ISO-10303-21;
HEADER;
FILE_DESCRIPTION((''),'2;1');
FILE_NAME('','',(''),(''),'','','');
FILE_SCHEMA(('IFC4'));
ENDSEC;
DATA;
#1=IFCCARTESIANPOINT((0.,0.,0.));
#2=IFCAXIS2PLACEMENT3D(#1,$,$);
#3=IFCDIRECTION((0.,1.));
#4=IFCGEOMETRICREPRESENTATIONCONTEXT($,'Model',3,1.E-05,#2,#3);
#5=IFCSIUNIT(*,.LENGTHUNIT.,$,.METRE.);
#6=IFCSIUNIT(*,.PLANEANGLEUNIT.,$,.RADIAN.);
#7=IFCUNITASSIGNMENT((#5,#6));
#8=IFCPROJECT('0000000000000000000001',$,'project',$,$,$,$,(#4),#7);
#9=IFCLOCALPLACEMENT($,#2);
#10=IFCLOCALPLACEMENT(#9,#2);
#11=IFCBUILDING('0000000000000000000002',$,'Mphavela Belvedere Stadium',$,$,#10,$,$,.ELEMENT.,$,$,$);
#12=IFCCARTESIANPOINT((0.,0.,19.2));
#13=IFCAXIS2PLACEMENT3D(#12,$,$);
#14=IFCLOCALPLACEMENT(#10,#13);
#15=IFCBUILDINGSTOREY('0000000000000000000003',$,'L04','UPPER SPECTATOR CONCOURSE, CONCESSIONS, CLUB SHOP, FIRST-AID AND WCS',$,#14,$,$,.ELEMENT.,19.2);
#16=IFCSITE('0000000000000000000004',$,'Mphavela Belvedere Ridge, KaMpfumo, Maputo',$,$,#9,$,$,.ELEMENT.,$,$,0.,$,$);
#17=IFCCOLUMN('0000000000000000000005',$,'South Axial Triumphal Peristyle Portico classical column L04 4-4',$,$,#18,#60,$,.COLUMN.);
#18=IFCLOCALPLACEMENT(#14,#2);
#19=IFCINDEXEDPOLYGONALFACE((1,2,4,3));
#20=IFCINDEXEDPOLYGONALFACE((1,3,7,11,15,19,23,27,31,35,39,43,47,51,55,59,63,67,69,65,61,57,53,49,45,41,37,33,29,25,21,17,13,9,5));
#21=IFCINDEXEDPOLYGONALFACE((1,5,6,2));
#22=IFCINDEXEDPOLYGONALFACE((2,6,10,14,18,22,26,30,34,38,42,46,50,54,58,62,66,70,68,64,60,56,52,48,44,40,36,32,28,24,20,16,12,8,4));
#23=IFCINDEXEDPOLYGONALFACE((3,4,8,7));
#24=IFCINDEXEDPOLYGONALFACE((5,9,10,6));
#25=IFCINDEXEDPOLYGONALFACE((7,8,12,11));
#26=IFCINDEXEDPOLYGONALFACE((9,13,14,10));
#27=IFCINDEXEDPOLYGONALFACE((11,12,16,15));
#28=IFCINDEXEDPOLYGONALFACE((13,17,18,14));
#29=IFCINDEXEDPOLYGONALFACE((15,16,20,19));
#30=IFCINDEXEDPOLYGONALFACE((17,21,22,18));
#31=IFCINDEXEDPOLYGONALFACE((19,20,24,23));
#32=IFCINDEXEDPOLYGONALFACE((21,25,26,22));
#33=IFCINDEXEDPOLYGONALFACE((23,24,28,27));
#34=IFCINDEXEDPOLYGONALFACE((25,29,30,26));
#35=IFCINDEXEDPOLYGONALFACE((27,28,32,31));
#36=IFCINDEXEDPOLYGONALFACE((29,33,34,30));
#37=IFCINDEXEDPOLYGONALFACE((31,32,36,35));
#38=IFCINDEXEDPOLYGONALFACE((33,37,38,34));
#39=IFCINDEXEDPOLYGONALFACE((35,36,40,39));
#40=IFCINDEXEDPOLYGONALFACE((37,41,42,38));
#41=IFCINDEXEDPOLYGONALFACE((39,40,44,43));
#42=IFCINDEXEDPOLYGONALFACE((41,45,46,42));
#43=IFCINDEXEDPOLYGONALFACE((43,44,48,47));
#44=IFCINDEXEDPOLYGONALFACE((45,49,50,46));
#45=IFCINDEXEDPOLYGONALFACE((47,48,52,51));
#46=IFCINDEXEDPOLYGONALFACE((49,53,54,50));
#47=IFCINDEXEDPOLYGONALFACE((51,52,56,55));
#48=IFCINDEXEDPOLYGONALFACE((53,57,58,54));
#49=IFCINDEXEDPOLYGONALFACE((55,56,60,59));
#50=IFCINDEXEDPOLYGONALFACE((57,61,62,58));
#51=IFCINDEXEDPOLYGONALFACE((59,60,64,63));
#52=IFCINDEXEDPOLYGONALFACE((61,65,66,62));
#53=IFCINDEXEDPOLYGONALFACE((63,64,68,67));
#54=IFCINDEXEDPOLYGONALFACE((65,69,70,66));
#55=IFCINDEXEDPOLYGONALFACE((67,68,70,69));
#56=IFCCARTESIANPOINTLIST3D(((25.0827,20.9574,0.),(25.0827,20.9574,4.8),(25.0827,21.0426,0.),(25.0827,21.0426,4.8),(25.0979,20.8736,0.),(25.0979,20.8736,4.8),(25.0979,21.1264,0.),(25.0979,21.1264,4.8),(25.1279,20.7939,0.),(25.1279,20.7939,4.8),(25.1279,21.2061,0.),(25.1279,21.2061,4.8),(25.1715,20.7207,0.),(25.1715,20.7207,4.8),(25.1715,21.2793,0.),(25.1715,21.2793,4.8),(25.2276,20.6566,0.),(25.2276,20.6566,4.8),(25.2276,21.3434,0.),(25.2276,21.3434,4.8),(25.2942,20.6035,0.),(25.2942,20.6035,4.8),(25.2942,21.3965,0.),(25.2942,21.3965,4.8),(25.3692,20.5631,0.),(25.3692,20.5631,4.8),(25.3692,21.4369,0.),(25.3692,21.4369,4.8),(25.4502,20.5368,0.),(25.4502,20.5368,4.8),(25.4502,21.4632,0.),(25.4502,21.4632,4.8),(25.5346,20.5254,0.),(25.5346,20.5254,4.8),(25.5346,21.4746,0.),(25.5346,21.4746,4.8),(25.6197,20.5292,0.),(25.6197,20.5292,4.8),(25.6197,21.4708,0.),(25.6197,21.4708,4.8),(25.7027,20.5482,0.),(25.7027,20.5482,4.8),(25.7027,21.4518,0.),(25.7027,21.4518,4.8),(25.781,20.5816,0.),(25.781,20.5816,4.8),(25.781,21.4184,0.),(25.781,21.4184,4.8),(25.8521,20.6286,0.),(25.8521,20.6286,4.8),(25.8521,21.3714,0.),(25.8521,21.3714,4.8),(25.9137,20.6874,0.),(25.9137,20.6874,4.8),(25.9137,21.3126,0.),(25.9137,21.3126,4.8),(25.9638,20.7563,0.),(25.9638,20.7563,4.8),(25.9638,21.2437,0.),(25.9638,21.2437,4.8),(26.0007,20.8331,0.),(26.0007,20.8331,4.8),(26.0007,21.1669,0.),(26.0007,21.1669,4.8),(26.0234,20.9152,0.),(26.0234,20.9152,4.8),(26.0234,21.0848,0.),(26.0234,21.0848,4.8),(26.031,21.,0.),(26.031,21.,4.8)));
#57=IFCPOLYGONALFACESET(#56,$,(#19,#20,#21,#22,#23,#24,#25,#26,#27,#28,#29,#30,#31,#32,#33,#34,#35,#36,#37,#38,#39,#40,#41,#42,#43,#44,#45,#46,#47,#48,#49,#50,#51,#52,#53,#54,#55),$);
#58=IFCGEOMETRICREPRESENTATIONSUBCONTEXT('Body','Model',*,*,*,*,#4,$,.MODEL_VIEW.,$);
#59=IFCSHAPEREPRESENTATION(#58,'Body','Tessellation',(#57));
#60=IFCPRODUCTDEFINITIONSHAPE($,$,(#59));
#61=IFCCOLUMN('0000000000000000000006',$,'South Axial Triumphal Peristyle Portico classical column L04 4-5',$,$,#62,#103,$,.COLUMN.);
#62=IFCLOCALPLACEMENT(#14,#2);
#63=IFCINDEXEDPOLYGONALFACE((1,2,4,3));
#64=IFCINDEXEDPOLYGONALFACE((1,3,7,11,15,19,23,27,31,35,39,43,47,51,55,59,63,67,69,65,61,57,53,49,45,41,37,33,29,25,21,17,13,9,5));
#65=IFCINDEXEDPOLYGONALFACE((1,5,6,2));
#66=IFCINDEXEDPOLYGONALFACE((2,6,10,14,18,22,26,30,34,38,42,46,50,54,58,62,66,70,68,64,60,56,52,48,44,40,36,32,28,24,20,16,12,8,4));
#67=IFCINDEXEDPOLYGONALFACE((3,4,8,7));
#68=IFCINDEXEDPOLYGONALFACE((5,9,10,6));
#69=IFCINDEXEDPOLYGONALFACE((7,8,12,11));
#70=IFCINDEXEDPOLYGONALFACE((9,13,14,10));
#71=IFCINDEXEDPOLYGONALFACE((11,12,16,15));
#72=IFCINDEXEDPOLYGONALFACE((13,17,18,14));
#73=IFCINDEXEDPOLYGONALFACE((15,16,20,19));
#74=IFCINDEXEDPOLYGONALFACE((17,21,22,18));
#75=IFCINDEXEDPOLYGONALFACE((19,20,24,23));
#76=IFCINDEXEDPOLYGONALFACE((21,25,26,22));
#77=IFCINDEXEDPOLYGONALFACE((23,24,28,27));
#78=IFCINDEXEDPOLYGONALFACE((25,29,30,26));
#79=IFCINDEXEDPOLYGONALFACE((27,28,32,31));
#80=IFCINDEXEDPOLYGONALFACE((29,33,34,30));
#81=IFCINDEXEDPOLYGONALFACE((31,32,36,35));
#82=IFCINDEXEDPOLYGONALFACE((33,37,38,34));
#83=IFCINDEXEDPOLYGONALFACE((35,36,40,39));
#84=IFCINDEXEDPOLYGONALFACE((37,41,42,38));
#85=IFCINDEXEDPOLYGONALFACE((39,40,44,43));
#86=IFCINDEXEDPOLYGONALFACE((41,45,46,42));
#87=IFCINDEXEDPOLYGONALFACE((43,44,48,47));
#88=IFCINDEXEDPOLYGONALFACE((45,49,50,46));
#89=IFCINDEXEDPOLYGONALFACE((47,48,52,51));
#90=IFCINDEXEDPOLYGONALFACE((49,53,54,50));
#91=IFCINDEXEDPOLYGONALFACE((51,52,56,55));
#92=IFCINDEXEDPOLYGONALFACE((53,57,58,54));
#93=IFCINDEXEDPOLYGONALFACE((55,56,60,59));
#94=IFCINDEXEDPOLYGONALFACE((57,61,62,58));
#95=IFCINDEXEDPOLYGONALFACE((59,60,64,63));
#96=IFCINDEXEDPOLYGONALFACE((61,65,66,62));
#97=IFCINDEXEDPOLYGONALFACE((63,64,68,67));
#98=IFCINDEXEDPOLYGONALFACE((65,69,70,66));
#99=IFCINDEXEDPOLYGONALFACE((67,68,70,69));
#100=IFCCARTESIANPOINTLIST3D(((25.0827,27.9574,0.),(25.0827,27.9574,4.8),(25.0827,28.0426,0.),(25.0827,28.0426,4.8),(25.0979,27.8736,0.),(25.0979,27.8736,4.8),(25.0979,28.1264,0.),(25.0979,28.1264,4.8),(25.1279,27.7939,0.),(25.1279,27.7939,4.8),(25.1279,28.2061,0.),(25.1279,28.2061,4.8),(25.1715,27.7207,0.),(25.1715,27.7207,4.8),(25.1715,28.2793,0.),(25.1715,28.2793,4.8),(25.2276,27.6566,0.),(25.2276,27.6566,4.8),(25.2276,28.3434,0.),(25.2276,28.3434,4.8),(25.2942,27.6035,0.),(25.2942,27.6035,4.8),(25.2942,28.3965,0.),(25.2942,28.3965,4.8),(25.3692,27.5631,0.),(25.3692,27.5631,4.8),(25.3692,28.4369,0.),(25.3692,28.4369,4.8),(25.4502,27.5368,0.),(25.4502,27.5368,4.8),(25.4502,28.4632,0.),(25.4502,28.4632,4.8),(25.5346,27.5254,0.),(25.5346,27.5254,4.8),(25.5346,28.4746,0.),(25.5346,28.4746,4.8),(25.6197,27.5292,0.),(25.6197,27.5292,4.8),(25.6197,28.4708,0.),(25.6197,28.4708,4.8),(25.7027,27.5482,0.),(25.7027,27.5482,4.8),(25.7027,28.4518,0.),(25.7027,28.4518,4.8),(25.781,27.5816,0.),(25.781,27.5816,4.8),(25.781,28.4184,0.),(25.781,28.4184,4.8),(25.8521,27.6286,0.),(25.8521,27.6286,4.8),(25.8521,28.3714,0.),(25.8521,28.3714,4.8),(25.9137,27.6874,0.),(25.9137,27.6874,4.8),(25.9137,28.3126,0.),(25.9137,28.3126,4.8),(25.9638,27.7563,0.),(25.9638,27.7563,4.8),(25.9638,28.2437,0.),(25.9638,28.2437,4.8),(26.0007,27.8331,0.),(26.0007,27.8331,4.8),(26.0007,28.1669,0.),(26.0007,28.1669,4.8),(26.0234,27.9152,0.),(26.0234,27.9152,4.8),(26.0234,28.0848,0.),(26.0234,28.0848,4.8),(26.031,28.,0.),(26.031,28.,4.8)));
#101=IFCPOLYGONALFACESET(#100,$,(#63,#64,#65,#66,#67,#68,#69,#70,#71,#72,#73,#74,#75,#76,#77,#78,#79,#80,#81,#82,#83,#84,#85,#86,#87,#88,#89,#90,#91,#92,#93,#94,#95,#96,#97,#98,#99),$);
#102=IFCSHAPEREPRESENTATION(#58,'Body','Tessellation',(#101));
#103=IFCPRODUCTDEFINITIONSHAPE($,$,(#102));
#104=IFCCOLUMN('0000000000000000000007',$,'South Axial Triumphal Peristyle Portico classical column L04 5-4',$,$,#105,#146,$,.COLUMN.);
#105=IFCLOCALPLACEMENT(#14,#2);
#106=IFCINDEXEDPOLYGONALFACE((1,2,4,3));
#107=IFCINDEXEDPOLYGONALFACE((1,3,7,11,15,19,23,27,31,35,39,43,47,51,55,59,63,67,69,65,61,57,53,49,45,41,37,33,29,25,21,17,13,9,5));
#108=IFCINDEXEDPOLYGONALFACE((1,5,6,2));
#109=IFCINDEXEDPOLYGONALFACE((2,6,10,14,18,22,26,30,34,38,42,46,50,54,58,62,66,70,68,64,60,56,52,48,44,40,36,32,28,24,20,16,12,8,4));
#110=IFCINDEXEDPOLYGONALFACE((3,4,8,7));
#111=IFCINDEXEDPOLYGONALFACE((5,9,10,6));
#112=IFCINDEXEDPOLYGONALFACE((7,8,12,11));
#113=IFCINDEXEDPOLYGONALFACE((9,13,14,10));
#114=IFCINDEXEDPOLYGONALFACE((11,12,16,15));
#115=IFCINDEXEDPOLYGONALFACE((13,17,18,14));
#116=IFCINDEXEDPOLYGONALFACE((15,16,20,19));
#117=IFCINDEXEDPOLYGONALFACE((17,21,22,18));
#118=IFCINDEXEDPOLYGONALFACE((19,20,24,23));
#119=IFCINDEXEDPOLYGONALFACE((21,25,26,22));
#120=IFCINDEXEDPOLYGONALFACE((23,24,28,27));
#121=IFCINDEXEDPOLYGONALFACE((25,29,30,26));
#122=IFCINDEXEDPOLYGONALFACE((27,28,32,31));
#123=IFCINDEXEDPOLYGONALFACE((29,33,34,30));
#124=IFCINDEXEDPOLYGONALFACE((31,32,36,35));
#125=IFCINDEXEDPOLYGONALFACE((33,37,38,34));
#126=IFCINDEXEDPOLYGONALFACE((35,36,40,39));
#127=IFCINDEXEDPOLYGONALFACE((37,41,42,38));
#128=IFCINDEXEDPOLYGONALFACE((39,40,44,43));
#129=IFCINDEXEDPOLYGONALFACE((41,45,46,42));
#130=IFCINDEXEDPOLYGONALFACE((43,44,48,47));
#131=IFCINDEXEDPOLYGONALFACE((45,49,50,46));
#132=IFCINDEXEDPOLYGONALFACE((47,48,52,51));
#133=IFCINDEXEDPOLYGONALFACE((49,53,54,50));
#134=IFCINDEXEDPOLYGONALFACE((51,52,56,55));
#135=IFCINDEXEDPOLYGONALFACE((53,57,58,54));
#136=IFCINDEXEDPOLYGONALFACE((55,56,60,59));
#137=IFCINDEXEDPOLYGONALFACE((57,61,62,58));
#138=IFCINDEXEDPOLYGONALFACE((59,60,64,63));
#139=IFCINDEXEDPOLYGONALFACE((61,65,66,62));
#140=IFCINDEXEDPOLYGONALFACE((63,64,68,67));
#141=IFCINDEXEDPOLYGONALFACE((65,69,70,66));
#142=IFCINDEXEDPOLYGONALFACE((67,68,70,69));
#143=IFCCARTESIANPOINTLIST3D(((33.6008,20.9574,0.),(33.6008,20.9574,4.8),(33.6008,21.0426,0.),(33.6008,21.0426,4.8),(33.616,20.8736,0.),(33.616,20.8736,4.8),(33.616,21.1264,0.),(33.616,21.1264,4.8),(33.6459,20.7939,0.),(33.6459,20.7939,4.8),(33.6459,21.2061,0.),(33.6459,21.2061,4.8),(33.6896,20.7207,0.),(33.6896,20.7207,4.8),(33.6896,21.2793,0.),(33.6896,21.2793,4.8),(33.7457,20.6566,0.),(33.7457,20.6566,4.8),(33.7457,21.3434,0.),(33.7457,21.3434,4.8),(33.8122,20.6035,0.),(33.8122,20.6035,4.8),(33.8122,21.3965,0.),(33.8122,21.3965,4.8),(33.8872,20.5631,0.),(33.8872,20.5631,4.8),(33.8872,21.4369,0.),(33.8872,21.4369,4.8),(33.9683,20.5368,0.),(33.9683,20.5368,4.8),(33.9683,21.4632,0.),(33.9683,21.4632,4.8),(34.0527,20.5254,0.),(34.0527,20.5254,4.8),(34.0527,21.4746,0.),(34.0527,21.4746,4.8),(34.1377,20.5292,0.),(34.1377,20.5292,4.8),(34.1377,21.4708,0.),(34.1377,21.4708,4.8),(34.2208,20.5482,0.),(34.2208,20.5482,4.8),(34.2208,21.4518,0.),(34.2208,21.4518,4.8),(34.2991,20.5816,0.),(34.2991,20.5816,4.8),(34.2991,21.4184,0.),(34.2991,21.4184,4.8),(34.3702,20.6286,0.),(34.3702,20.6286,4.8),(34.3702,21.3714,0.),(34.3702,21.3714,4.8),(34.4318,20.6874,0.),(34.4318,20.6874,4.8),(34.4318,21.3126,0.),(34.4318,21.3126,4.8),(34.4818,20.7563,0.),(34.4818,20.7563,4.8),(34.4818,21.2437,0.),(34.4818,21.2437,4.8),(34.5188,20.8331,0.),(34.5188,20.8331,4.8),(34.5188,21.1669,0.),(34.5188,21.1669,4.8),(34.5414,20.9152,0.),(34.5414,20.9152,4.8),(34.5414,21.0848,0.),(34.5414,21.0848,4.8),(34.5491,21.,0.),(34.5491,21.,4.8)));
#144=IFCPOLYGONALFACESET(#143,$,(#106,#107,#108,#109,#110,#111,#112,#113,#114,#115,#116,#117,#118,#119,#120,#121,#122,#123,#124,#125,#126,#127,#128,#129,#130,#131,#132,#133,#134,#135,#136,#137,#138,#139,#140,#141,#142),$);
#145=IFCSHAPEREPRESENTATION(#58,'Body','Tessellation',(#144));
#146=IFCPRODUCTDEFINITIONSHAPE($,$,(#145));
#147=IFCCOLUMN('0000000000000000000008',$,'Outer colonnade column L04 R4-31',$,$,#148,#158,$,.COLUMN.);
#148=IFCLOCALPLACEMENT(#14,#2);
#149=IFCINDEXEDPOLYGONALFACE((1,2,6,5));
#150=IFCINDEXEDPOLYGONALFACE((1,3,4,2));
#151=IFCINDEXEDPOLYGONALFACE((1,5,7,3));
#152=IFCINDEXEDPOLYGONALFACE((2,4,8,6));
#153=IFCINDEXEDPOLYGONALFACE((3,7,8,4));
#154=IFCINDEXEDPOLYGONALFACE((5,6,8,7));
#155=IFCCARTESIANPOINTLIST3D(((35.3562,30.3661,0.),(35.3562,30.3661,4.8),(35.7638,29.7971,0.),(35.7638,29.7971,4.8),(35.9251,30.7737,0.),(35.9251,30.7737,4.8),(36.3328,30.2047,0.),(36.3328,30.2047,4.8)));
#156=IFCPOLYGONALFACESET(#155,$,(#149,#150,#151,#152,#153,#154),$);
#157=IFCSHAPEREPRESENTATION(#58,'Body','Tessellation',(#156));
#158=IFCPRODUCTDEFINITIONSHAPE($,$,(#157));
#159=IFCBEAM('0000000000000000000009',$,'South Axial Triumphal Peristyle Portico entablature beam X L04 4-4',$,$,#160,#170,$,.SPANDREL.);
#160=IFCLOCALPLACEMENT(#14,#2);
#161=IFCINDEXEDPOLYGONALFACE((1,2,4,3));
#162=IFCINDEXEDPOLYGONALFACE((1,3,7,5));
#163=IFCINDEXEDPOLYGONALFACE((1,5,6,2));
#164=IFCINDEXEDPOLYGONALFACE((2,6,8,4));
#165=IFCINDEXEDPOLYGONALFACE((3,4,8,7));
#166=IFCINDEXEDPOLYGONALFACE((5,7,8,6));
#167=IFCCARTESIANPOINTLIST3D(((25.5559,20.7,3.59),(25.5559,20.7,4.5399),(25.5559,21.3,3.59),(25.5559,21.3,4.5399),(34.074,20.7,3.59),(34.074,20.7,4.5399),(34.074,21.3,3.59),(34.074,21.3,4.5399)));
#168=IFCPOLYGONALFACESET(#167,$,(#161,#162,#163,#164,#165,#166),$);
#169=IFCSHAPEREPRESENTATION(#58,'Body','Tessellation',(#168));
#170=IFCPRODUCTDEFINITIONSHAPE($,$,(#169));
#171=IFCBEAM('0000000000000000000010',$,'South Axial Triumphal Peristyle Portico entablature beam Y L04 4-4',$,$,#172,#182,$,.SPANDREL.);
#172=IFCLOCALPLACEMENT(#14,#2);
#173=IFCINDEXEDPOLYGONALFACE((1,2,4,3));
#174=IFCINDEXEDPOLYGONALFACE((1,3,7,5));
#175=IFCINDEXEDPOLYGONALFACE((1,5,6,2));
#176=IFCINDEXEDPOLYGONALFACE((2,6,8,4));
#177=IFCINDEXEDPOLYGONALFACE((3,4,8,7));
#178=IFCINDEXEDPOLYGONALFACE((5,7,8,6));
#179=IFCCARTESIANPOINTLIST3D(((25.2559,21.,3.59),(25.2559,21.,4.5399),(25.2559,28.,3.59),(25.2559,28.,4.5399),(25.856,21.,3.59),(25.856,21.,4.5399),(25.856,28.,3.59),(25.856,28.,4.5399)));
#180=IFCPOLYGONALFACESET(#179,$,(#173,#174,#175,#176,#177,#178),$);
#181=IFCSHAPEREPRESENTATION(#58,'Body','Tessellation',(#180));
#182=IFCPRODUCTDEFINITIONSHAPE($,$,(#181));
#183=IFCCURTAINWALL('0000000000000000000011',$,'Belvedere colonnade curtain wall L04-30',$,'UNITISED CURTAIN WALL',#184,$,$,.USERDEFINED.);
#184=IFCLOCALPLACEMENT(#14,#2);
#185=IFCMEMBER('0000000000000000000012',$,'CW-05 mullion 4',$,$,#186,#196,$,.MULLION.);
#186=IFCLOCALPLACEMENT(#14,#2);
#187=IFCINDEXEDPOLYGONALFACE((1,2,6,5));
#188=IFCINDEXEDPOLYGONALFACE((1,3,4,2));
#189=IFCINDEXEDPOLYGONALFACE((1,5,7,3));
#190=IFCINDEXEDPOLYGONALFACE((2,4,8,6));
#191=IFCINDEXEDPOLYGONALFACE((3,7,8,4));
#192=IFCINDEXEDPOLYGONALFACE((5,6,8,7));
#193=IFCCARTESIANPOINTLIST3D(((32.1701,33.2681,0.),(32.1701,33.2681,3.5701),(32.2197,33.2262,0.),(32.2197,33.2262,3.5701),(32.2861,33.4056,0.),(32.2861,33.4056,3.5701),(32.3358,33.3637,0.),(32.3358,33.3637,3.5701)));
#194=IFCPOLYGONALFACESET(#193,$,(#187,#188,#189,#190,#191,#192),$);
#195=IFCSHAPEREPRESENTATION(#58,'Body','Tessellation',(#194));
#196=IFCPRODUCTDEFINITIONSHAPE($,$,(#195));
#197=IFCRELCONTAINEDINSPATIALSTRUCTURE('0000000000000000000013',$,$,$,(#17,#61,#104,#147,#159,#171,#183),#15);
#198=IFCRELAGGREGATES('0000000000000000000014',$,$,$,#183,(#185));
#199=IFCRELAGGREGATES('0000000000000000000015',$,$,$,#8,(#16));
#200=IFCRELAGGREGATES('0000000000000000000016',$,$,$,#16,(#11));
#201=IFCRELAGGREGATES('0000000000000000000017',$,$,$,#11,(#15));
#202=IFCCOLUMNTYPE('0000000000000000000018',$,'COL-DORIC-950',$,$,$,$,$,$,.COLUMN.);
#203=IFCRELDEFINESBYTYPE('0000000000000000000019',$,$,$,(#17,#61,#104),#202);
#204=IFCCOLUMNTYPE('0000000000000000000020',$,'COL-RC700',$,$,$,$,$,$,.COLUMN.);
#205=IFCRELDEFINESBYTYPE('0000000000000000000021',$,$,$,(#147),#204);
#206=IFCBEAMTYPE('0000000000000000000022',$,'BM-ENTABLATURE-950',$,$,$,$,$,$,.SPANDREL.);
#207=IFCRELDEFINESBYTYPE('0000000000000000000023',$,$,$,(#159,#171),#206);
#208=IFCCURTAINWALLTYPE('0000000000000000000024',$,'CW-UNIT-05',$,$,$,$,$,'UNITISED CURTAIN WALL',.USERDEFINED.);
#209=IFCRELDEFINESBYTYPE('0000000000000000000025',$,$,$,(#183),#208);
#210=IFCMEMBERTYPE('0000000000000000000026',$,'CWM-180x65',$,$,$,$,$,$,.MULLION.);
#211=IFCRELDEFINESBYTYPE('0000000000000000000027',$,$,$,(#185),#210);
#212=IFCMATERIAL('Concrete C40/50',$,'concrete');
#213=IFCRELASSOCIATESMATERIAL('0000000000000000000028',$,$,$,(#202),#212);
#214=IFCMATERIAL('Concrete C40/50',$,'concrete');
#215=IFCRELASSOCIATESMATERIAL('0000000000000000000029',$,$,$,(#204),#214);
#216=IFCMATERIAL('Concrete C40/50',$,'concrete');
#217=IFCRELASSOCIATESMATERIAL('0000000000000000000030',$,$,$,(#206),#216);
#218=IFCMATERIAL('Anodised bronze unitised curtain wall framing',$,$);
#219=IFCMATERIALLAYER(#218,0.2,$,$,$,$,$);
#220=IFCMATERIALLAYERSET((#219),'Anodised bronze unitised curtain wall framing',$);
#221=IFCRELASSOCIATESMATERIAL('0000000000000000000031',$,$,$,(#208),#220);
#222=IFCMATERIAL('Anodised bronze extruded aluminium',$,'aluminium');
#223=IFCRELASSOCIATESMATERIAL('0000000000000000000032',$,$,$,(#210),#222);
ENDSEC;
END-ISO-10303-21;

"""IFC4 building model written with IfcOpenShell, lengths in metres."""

from ifc_helpers import new_model, si_unit, direction, frame, origin, origin_2d, place, context, subcontext, project, spatial, rectangle, circle, extrude, material, layer, layer_set, material_profile, profile_set, type_object, element, aggregate, save


model = new_model("IFC4")

# Units and contexts
model_context = context("Model", 3, precision=1e-05, world=origin(), true_north=direction((0.0, 1.0)))
body_context = subcontext(model_context, "Body", "Model", "MODEL_VIEW")
ifc_project = project(units=[si_unit("LENGTHUNIT", "METRE"), si_unit("PLANEANGLEUNIT", "RADIAN")], contexts=[model_context])

# Site, building, storey
site_placement = place(None, origin())
site = spatial("IfcSite", under=ifc_project, at=site_placement, Name="Mphavela Belvedere Ridge, KaMpfumo, Maputo", CompositionType="ELEMENT", RefElevation=0.0)
building_placement = place(site_placement, origin())
building = spatial("IfcBuilding", under=site, at=building_placement, Name="Mphavela Belvedere Stadium", CompositionType="ELEMENT")
storey_placement = place(building_placement, frame((0.0, 0.0, 19.2)))
storey = spatial("IfcBuildingStorey", under=building, at=storey_placement, Name="L04", Description="UPPER SPECTATOR CONCOURSE, CONCESSIONS, CLUB SHOP, FIRST-AID AND WCS", CompositionType="ELEMENT", Elevation=19.2)

# Columns
ifc_material_1 = material(Name="Concrete C40/50", Category="concrete")
ifc_material_profile_1 = material_profile(ifc_material_1, circle(Radius=0.4751, at=origin_2d()), Name="COL D950")
ifc_profile_set_1 = profile_set([ifc_material_profile_1], Name="Concrete C40/50")
column_type_1 = type_object("IfcColumnType", Name="COL-DORIC-950", PredefinedType="COLUMN", material=ifc_profile_set_1)
for number, where, z_axis, x_axis, name in (
    (1, (25.5559, 21.0, 0.0), (0.0, 0.0, 1.0), (1.0, 0.0, 0.0), "South Axial Triumphal Peristyle Portico classical column L04 4-4"),
    (2, (25.5559, 28.0, 0.0), (0.0, 0.0, 1.0), (1.0, 0.0, 0.0), "South Axial Triumphal Peristyle Portico classical column L04 4-5"),
    (3, (34.074, 21.0, 0.0), (0.0, 0.0, 1.0), (1.0, 0.0, 0.0), "South Axial Triumphal Peristyle Portico classical column L04 5-4"),
):
    element("IfcColumn", number, at=place(storey_placement, frame(where, z_axis=z_axis, x_axis=x_axis)), inside=storey, type_object=column_type_1, Name=name, PredefinedType="COLUMN", context=body_context, shape_type="SweptSolid", body=[
        extrude(circle(Radius=0.4751, at=origin_2d()), origin(), (0.0, 0.0, 1.0), 4.8),
    ])
ifc_material_2 = material(Name="Concrete C40/50", Category="concrete")
ifc_material_profile_2 = material_profile(ifc_material_2, rectangle(XDim=0.7, YDim=0.7, at=origin_2d()), Name="RC 700x700")
ifc_profile_set_2 = profile_set([ifc_material_profile_2], Name="Concrete C40/50")
column_type_2 = type_object("IfcColumnType", Name="COL-RC700", PredefinedType="COLUMN", material=ifc_profile_set_2)
column_placement = place(storey_placement, frame((35.8445, 30.2854, 0.0), z_axis=(0.0, 0.0, 1.0), x_axis=(-0.812898, -0.582407, 0.0)))
element("IfcColumn", 4, at=column_placement, inside=storey, type_object=column_type_2, Name="Outer colonnade column L04 R4-31", PredefinedType="COLUMN", context=body_context, shape_type="SweptSolid", body=[
    extrude(rectangle(XDim=0.7, YDim=0.7, at=origin_2d()), origin(), (0.0, 0.0, 1.0), 4.8),
])

# Beams
ifc_material_3 = material(Name="Concrete C40/50", Category="concrete")
ifc_material_profile_3 = material_profile(ifc_material_3, rectangle(XDim=0.6001, YDim=0.95, at=origin_2d()), Name="RC 600x950")
ifc_profile_set_3 = profile_set([ifc_material_profile_3], Name="Concrete C40/50")
beam_type = type_object("IfcBeamType", Name="BM-ENTABLATURE-950", PredefinedType="SPANDREL", material=ifc_profile_set_3)
beam_1_placement = place(storey_placement, frame((25.5559, 21.0, 4.0649), z_axis=(1.0, 0.0, 0.0), x_axis=(0.0, 1.0, 0.0)))
element("IfcBeam", 5, at=beam_1_placement, inside=storey, type_object=beam_type, Name="South Axial Triumphal Peristyle Portico entablature beam X L04 4-4", PredefinedType="SPANDREL", context=body_context, shape_type="SweptSolid", body=[
    extrude(rectangle(XDim=0.6001, YDim=0.95, at=origin_2d()), origin(), (0.0, 0.0, 1.0), 8.5181),
])
beam_2_placement = place(storey_placement, frame((25.5559, 21.0, 4.0649), z_axis=(0.0, 1.0, 0.0), x_axis=(-1.0, 0.0, 0.0)))
element("IfcBeam", 6, at=beam_2_placement, inside=storey, type_object=beam_type, Name="South Axial Triumphal Peristyle Portico entablature beam Y L04 4-4", PredefinedType="SPANDREL", context=body_context, shape_type="SweptSolid", body=[
    extrude(rectangle(XDim=0.6001, YDim=0.95, at=origin_2d()), origin(), (0.0, 0.0, 1.0), 7.0),
])

# Curtain wall, member
ifc_material_4 = material(Name="Anodised bronze unitised curtain wall framing")
ifc_layer_1 = layer(ifc_material_4, 0.2)
ifc_layer_set_1 = layer_set([ifc_layer_1], Name="Anodised bronze unitised curtain wall framing")
curtain_wall_type = type_object("IfcCurtainWallType", Name="CW-UNIT-05", ElementType="UNITISED CURTAIN WALL", PredefinedType="USERDEFINED", material=ifc_layer_set_1)
curtain_wall_placement = place(storey_placement, origin())
curtain_wall = element("IfcCurtainWall", 7, at=curtain_wall_placement, inside=storey, type_object=curtain_wall_type, Name="Belvedere colonnade curtain wall L04-30", ObjectType="UNITISED CURTAIN WALL", PredefinedType="USERDEFINED")
ifc_material_5 = material(Name="Anodised bronze extruded aluminium", Category="aluminium")
ifc_material_profile_4 = material_profile(ifc_material_5, rectangle(XDim=0.1799, YDim=0.0649, at=origin_2d()), Name="CW-MUL 180x65")
ifc_profile_set_4 = profile_set([ifc_material_profile_4], Name="Anodised bronze extruded aluminium")
member_type_1 = type_object("IfcMemberType", Name="CWM-180x65", PredefinedType="MULLION", material=ifc_profile_set_4)
member_1_placement = place(storey_placement, frame((32.2529, 33.3159, 0.0), z_axis=(0.0, 0.0, 1.0), x_axis=(0.644916, 0.764253, 0.0)))
member_1 = element("IfcMember", 8, at=member_1_placement, type_object=member_type_1, Name="CW-05 mullion 4", PredefinedType="MULLION", context=body_context, shape_type="SweptSolid", body=[
    extrude(rectangle(XDim=0.1799, YDim=0.0649, at=origin_2d()), origin(), (0.0, 0.0, 1.0), 3.5701),
])
aggregate(curtain_wall, [member_1])

save(model, "model.ifc")
